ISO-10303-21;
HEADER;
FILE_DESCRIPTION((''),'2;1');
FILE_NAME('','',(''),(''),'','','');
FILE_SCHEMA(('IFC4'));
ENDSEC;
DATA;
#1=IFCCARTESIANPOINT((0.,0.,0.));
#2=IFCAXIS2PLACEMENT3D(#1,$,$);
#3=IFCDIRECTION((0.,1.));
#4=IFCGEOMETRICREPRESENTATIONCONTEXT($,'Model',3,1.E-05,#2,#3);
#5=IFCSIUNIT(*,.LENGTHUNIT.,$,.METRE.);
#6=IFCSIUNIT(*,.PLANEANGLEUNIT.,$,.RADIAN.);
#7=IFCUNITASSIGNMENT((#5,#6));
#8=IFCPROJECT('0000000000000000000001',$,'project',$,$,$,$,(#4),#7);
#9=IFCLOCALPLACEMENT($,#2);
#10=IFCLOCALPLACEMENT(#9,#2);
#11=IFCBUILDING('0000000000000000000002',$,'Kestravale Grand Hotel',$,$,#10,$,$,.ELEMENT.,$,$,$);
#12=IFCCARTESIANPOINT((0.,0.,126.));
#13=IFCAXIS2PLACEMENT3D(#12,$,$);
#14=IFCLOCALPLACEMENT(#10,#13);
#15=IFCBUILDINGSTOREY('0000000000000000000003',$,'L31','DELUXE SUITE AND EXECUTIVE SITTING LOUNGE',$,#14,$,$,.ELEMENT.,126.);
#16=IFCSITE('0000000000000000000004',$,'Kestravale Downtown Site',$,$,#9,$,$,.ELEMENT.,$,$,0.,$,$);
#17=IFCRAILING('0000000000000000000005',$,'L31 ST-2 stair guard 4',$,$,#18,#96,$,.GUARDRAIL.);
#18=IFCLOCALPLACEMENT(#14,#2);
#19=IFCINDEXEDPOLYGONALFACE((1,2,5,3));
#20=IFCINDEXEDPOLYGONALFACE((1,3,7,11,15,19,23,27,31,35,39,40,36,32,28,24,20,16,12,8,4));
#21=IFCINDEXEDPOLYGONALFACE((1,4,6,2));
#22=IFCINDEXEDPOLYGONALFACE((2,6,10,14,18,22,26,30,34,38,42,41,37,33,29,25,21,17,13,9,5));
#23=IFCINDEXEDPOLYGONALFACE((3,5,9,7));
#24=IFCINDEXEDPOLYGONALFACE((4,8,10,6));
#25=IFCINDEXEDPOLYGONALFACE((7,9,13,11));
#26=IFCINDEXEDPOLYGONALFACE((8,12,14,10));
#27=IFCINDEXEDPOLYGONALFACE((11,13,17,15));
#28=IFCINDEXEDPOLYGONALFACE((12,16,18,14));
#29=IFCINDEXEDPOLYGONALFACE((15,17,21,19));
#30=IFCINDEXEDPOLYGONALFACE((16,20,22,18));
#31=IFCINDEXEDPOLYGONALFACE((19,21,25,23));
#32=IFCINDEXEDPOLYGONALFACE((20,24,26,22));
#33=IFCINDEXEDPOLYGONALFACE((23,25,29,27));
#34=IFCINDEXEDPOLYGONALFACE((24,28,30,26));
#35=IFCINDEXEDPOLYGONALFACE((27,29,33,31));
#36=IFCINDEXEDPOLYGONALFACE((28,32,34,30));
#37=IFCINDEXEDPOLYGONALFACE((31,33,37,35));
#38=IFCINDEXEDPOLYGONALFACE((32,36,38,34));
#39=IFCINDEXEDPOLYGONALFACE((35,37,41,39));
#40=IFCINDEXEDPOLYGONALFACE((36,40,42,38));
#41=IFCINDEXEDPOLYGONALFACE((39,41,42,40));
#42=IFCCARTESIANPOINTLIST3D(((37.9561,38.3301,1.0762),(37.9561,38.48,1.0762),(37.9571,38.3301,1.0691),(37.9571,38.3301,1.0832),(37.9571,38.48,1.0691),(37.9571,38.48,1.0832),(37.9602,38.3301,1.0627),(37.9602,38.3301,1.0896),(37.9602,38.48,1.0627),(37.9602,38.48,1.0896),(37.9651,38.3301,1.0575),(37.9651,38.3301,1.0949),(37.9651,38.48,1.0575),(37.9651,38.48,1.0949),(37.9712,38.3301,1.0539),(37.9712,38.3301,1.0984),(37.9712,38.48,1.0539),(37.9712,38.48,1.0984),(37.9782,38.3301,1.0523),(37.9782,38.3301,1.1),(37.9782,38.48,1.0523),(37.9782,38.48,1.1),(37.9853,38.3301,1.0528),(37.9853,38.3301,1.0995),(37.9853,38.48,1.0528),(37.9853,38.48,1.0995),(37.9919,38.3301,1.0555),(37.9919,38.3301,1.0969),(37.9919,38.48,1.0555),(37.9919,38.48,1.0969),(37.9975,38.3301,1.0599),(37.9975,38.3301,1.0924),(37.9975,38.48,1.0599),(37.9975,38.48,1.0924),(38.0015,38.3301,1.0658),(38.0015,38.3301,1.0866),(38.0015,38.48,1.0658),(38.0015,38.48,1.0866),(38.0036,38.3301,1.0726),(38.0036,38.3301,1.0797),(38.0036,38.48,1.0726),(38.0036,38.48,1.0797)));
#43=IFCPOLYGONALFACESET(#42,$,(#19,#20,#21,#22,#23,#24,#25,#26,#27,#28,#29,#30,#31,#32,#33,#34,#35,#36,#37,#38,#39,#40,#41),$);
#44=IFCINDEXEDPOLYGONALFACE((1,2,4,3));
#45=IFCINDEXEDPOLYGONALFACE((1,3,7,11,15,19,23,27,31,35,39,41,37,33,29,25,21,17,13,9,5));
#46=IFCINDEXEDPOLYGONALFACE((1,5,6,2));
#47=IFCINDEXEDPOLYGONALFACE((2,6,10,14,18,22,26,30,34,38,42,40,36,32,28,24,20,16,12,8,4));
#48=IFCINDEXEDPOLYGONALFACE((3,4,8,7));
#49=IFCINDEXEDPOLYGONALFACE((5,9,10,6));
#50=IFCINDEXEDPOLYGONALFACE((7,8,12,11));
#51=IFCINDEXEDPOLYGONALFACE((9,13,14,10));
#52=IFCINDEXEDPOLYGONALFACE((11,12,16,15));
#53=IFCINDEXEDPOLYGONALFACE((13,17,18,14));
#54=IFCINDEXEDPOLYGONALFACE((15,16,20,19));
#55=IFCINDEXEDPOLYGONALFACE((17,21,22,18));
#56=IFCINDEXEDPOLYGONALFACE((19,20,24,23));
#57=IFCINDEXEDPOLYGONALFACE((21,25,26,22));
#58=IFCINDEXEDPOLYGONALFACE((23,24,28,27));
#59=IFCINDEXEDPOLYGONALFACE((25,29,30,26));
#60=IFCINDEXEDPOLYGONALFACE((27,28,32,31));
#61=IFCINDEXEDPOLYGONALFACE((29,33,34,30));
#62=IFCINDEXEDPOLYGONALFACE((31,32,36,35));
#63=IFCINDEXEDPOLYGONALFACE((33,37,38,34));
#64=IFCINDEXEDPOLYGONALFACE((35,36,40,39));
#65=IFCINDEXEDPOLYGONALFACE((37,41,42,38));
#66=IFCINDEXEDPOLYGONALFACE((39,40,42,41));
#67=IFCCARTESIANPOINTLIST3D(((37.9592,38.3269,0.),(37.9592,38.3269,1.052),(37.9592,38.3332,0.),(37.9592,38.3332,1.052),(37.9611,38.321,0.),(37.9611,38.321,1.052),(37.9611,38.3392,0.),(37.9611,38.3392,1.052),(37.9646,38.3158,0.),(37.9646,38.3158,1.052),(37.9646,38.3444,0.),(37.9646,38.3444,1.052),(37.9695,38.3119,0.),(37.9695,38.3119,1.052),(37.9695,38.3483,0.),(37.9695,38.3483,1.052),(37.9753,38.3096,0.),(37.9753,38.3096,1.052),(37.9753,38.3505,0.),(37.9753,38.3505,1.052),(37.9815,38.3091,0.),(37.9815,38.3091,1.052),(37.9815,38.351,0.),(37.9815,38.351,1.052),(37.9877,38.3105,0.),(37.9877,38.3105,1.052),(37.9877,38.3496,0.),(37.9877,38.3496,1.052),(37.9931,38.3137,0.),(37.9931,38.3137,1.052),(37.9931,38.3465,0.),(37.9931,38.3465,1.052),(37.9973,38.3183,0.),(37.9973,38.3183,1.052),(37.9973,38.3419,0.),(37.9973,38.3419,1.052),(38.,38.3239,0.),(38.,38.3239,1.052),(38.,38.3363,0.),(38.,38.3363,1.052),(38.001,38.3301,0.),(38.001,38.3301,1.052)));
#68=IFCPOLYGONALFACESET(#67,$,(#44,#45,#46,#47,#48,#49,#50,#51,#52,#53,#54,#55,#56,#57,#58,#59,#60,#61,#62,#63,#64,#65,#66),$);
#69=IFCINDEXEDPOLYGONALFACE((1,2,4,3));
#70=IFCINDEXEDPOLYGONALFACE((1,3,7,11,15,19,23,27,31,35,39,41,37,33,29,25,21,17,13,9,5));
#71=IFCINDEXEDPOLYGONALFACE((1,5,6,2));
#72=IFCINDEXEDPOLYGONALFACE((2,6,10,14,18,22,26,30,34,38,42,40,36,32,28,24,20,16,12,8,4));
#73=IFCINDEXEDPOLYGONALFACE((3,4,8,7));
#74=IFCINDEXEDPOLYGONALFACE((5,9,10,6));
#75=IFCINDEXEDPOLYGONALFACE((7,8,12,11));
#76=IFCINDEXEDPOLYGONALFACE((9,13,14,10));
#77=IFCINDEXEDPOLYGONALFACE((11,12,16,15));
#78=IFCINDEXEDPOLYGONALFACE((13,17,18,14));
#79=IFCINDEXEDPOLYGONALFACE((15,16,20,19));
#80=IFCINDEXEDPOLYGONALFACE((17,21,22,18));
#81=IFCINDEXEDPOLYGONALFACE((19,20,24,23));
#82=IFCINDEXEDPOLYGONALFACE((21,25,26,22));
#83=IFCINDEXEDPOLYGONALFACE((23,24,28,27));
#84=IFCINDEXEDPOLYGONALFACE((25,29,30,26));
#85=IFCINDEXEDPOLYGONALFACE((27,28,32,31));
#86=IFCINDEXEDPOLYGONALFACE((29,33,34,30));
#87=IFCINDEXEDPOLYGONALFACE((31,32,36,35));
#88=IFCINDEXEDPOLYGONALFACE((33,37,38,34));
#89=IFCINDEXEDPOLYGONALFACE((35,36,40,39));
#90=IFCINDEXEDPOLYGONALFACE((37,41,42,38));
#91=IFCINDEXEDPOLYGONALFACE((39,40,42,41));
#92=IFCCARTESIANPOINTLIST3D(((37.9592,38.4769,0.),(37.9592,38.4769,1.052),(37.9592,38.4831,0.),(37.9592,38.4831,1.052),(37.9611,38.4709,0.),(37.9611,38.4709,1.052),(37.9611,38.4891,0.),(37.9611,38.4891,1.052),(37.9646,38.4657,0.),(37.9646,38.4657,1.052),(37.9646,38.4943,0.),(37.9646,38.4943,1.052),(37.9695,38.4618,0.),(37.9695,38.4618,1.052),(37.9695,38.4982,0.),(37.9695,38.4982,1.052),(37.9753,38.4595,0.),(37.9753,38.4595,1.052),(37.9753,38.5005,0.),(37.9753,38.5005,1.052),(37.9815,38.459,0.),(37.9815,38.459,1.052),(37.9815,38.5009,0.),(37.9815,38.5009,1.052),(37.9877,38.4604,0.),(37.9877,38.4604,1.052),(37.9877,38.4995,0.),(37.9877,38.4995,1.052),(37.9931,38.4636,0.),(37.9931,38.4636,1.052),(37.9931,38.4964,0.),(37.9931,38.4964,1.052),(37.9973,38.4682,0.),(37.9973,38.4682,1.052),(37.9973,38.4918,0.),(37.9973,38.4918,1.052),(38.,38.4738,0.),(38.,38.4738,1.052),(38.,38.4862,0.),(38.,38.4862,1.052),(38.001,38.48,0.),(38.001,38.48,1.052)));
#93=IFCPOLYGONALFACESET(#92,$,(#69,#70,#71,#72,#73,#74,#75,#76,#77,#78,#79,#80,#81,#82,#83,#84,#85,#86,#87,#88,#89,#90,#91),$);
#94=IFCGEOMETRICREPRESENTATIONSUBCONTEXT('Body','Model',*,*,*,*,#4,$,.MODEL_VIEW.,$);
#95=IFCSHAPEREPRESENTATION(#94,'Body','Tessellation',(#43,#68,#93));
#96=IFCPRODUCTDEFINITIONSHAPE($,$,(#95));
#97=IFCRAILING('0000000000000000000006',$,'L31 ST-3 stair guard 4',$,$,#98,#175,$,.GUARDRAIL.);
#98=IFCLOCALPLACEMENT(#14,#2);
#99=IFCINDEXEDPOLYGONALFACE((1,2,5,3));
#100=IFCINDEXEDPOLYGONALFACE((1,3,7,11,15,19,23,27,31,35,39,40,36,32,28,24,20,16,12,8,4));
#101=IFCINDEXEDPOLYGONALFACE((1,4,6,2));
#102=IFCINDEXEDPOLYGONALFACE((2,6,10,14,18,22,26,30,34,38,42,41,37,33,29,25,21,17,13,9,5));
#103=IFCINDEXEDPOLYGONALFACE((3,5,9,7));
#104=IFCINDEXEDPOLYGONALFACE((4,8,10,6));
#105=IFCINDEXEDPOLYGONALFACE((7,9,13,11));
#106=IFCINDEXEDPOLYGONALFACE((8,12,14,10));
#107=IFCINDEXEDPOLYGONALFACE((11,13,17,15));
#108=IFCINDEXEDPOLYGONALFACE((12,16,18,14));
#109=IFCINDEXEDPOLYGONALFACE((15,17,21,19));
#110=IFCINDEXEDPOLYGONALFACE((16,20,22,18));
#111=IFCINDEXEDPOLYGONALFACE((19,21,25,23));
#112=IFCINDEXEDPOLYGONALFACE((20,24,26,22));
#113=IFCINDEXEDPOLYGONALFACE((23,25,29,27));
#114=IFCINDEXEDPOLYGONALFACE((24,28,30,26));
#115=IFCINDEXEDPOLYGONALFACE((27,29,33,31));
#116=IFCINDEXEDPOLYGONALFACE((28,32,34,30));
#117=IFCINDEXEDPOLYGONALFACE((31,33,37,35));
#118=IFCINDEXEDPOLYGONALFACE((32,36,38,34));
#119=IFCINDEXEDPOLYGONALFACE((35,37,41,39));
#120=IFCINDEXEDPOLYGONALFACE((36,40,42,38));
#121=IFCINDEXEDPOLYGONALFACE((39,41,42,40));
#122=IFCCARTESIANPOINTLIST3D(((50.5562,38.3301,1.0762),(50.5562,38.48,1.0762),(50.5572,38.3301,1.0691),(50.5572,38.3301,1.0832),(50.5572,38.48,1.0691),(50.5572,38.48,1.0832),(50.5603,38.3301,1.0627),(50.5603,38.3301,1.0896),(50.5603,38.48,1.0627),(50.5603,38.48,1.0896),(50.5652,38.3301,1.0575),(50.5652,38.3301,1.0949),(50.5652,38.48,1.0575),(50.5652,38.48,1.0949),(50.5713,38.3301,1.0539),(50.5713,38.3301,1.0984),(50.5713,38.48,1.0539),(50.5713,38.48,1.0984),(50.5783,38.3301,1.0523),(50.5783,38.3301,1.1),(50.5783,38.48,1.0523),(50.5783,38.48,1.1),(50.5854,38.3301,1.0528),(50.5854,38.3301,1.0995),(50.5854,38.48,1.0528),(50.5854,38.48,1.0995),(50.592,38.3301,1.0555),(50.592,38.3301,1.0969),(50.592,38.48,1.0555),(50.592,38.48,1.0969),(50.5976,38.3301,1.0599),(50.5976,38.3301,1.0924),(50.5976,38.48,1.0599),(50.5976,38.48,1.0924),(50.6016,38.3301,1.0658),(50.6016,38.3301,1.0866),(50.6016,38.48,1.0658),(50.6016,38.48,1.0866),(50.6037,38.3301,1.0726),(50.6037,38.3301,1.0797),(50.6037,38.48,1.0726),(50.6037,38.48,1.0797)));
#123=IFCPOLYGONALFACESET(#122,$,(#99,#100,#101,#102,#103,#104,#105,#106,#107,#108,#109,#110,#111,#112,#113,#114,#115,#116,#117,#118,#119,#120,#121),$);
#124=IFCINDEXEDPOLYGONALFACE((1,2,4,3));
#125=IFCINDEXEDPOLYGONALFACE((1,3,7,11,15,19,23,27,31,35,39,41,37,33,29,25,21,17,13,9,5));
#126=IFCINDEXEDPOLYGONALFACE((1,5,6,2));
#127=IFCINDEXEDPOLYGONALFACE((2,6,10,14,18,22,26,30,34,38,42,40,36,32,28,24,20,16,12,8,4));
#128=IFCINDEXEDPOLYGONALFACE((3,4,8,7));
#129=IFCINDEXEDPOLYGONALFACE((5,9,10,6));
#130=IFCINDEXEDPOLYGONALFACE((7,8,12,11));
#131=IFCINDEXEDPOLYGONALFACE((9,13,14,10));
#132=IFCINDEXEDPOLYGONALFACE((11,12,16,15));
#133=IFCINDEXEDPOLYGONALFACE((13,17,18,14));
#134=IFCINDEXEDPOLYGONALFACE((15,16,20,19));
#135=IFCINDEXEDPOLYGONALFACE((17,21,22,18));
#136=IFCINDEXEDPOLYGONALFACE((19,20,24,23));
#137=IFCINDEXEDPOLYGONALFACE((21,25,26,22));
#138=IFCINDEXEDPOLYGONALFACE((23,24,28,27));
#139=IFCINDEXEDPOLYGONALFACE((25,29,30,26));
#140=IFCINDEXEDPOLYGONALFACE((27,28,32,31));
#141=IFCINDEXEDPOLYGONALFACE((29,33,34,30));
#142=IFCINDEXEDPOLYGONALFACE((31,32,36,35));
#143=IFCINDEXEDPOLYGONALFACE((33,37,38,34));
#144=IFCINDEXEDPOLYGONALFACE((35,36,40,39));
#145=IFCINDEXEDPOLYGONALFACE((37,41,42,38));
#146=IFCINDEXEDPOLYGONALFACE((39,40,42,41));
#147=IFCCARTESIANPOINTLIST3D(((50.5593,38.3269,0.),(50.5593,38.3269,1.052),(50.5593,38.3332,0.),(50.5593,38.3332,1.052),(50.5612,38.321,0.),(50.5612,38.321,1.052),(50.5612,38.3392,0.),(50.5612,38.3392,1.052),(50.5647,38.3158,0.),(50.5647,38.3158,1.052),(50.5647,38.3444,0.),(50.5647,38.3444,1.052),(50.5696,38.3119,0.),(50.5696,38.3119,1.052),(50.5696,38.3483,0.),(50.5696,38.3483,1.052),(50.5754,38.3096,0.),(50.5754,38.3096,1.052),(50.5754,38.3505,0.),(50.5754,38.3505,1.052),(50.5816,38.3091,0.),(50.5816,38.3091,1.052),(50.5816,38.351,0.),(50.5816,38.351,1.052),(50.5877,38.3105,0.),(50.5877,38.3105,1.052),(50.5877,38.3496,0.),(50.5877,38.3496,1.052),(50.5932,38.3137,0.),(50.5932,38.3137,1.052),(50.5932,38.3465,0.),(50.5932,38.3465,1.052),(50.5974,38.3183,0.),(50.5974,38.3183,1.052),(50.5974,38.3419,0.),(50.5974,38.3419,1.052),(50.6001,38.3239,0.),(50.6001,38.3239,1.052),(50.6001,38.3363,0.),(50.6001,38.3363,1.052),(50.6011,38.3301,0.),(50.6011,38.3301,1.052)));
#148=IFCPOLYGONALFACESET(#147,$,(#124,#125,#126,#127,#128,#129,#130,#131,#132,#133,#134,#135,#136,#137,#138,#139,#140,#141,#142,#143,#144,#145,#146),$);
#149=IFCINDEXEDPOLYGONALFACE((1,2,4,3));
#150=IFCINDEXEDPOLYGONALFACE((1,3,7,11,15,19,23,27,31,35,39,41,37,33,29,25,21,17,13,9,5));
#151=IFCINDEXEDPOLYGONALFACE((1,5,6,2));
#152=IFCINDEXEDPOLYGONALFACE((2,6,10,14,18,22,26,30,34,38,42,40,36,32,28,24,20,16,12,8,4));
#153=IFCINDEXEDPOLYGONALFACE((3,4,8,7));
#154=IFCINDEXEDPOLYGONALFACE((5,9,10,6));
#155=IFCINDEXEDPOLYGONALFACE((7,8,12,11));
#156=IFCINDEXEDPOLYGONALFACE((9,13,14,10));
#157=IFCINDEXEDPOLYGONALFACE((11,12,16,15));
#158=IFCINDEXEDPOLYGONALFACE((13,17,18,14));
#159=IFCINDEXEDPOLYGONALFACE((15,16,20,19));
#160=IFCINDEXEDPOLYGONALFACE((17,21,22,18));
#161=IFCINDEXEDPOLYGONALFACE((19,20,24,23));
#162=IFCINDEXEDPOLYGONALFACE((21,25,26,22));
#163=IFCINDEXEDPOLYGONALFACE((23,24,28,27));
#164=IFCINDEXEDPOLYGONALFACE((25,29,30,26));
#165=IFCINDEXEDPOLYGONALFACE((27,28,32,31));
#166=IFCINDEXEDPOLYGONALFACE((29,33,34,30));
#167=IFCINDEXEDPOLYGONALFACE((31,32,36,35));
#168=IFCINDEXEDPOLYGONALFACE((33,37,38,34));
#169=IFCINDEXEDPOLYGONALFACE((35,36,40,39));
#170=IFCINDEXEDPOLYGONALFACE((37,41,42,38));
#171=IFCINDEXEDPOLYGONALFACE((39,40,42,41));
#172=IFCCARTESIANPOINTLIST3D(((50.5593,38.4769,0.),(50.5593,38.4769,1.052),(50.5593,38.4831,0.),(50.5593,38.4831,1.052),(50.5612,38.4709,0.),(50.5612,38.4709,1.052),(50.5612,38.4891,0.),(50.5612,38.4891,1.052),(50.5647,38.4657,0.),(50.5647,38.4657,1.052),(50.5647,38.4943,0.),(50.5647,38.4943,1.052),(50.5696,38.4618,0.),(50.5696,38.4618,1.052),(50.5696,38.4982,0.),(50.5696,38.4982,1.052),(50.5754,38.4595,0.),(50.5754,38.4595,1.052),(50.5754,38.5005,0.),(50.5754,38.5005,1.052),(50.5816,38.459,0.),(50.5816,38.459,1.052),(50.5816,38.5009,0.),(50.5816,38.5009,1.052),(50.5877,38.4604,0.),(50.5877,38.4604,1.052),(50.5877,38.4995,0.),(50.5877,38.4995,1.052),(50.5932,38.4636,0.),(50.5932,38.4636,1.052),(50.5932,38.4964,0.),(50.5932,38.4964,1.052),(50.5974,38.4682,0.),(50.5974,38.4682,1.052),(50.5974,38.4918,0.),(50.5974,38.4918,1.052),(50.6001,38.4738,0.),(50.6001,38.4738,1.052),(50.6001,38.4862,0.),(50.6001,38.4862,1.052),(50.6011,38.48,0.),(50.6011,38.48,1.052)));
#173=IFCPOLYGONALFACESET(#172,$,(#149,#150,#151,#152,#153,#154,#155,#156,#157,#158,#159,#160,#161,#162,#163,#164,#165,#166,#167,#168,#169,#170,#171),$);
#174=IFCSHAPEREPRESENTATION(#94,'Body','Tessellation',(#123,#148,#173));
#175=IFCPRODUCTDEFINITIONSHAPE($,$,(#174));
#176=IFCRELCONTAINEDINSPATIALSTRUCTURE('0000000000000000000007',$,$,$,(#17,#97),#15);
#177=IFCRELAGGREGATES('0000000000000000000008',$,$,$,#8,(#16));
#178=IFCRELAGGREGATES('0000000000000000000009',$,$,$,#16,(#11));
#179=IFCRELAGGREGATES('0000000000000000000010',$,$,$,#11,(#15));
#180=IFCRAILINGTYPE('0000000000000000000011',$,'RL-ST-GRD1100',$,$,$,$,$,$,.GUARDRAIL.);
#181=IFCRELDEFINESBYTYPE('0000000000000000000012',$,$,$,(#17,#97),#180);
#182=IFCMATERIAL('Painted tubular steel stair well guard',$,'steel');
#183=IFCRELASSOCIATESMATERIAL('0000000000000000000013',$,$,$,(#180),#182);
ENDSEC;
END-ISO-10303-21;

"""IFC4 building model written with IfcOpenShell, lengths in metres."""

from ifc_helpers import new_model, si_unit, direction, frame, origin, origin_2d, place, context, subcontext, project, spatial, circle, extrude, material, type_object, element, save


model = new_model("IFC4")

# Units and contexts
model_context = context("Model", 3, precision=1e-05, world=origin(), true_north=direction((0.0, 1.0)))
body_context = subcontext(model_context, "Body", "Model", "MODEL_VIEW")
ifc_project = project(units=[si_unit("LENGTHUNIT", "METRE"), si_unit("PLANEANGLEUNIT", "RADIAN")], contexts=[model_context])

# Site, building, storey
site_placement = place(None, origin())
site = spatial("IfcSite", under=ifc_project, at=site_placement, Name="Kestravale Downtown Site", CompositionType="ELEMENT", RefElevation=0.0)
building_placement = place(site_placement, origin())
building = spatial("IfcBuilding", under=site, at=building_placement, Name="Kestravale Grand Hotel", CompositionType="ELEMENT")
storey_placement = place(building_placement, frame((0.0, 0.0, 126.0)))
storey = spatial("IfcBuildingStorey", under=building, at=storey_placement, Name="L31", Description="DELUXE SUITE AND EXECUTIVE SITTING LOUNGE", CompositionType="ELEMENT", Elevation=126.0)

# Railings
ifc_material_1 = material(Name="Painted tubular steel stair well guard", Category="steel")
railing_type_1 = type_object("IfcRailingType", Name="RL-ST-GRD1100", PredefinedType="GUARDRAIL", material=ifc_material_1)
for number, where, name in (
    (1, (37.98, 38.3301, 0.0), "L31 ST-2 stair guard 4"),
    (2, (50.5801, 38.3301, 0.0), "L31 ST-3 stair guard 4"),
):
    element("IfcRailing", number, at=place(storey_placement, frame(where)), inside=storey, type_object=railing_type_1, Name=name, PredefinedType="GUARDRAIL", context=body_context, shape_type="SweptSolid", body=[
        extrude(circle(Radius=0.0239, at=origin_2d()), frame((0.0, 0.0, 1.0762), z_axis=(0.0, 1.0, 0.0), x_axis=(-1.0, 0.0, 0.0)), (0.0, 0.0, 1.0), 0.1499),
        extrude(circle(Radius=0.021, at=origin_2d()), origin(), (0.0, 0.0, 1.0), 1.052),
        extrude(circle(Radius=0.021, at=origin_2d()), frame((0.0, 0.1499, 0.0)), (0.0, 0.0, 1.0), 1.052),
    ])

save(model, "model.ifc")
